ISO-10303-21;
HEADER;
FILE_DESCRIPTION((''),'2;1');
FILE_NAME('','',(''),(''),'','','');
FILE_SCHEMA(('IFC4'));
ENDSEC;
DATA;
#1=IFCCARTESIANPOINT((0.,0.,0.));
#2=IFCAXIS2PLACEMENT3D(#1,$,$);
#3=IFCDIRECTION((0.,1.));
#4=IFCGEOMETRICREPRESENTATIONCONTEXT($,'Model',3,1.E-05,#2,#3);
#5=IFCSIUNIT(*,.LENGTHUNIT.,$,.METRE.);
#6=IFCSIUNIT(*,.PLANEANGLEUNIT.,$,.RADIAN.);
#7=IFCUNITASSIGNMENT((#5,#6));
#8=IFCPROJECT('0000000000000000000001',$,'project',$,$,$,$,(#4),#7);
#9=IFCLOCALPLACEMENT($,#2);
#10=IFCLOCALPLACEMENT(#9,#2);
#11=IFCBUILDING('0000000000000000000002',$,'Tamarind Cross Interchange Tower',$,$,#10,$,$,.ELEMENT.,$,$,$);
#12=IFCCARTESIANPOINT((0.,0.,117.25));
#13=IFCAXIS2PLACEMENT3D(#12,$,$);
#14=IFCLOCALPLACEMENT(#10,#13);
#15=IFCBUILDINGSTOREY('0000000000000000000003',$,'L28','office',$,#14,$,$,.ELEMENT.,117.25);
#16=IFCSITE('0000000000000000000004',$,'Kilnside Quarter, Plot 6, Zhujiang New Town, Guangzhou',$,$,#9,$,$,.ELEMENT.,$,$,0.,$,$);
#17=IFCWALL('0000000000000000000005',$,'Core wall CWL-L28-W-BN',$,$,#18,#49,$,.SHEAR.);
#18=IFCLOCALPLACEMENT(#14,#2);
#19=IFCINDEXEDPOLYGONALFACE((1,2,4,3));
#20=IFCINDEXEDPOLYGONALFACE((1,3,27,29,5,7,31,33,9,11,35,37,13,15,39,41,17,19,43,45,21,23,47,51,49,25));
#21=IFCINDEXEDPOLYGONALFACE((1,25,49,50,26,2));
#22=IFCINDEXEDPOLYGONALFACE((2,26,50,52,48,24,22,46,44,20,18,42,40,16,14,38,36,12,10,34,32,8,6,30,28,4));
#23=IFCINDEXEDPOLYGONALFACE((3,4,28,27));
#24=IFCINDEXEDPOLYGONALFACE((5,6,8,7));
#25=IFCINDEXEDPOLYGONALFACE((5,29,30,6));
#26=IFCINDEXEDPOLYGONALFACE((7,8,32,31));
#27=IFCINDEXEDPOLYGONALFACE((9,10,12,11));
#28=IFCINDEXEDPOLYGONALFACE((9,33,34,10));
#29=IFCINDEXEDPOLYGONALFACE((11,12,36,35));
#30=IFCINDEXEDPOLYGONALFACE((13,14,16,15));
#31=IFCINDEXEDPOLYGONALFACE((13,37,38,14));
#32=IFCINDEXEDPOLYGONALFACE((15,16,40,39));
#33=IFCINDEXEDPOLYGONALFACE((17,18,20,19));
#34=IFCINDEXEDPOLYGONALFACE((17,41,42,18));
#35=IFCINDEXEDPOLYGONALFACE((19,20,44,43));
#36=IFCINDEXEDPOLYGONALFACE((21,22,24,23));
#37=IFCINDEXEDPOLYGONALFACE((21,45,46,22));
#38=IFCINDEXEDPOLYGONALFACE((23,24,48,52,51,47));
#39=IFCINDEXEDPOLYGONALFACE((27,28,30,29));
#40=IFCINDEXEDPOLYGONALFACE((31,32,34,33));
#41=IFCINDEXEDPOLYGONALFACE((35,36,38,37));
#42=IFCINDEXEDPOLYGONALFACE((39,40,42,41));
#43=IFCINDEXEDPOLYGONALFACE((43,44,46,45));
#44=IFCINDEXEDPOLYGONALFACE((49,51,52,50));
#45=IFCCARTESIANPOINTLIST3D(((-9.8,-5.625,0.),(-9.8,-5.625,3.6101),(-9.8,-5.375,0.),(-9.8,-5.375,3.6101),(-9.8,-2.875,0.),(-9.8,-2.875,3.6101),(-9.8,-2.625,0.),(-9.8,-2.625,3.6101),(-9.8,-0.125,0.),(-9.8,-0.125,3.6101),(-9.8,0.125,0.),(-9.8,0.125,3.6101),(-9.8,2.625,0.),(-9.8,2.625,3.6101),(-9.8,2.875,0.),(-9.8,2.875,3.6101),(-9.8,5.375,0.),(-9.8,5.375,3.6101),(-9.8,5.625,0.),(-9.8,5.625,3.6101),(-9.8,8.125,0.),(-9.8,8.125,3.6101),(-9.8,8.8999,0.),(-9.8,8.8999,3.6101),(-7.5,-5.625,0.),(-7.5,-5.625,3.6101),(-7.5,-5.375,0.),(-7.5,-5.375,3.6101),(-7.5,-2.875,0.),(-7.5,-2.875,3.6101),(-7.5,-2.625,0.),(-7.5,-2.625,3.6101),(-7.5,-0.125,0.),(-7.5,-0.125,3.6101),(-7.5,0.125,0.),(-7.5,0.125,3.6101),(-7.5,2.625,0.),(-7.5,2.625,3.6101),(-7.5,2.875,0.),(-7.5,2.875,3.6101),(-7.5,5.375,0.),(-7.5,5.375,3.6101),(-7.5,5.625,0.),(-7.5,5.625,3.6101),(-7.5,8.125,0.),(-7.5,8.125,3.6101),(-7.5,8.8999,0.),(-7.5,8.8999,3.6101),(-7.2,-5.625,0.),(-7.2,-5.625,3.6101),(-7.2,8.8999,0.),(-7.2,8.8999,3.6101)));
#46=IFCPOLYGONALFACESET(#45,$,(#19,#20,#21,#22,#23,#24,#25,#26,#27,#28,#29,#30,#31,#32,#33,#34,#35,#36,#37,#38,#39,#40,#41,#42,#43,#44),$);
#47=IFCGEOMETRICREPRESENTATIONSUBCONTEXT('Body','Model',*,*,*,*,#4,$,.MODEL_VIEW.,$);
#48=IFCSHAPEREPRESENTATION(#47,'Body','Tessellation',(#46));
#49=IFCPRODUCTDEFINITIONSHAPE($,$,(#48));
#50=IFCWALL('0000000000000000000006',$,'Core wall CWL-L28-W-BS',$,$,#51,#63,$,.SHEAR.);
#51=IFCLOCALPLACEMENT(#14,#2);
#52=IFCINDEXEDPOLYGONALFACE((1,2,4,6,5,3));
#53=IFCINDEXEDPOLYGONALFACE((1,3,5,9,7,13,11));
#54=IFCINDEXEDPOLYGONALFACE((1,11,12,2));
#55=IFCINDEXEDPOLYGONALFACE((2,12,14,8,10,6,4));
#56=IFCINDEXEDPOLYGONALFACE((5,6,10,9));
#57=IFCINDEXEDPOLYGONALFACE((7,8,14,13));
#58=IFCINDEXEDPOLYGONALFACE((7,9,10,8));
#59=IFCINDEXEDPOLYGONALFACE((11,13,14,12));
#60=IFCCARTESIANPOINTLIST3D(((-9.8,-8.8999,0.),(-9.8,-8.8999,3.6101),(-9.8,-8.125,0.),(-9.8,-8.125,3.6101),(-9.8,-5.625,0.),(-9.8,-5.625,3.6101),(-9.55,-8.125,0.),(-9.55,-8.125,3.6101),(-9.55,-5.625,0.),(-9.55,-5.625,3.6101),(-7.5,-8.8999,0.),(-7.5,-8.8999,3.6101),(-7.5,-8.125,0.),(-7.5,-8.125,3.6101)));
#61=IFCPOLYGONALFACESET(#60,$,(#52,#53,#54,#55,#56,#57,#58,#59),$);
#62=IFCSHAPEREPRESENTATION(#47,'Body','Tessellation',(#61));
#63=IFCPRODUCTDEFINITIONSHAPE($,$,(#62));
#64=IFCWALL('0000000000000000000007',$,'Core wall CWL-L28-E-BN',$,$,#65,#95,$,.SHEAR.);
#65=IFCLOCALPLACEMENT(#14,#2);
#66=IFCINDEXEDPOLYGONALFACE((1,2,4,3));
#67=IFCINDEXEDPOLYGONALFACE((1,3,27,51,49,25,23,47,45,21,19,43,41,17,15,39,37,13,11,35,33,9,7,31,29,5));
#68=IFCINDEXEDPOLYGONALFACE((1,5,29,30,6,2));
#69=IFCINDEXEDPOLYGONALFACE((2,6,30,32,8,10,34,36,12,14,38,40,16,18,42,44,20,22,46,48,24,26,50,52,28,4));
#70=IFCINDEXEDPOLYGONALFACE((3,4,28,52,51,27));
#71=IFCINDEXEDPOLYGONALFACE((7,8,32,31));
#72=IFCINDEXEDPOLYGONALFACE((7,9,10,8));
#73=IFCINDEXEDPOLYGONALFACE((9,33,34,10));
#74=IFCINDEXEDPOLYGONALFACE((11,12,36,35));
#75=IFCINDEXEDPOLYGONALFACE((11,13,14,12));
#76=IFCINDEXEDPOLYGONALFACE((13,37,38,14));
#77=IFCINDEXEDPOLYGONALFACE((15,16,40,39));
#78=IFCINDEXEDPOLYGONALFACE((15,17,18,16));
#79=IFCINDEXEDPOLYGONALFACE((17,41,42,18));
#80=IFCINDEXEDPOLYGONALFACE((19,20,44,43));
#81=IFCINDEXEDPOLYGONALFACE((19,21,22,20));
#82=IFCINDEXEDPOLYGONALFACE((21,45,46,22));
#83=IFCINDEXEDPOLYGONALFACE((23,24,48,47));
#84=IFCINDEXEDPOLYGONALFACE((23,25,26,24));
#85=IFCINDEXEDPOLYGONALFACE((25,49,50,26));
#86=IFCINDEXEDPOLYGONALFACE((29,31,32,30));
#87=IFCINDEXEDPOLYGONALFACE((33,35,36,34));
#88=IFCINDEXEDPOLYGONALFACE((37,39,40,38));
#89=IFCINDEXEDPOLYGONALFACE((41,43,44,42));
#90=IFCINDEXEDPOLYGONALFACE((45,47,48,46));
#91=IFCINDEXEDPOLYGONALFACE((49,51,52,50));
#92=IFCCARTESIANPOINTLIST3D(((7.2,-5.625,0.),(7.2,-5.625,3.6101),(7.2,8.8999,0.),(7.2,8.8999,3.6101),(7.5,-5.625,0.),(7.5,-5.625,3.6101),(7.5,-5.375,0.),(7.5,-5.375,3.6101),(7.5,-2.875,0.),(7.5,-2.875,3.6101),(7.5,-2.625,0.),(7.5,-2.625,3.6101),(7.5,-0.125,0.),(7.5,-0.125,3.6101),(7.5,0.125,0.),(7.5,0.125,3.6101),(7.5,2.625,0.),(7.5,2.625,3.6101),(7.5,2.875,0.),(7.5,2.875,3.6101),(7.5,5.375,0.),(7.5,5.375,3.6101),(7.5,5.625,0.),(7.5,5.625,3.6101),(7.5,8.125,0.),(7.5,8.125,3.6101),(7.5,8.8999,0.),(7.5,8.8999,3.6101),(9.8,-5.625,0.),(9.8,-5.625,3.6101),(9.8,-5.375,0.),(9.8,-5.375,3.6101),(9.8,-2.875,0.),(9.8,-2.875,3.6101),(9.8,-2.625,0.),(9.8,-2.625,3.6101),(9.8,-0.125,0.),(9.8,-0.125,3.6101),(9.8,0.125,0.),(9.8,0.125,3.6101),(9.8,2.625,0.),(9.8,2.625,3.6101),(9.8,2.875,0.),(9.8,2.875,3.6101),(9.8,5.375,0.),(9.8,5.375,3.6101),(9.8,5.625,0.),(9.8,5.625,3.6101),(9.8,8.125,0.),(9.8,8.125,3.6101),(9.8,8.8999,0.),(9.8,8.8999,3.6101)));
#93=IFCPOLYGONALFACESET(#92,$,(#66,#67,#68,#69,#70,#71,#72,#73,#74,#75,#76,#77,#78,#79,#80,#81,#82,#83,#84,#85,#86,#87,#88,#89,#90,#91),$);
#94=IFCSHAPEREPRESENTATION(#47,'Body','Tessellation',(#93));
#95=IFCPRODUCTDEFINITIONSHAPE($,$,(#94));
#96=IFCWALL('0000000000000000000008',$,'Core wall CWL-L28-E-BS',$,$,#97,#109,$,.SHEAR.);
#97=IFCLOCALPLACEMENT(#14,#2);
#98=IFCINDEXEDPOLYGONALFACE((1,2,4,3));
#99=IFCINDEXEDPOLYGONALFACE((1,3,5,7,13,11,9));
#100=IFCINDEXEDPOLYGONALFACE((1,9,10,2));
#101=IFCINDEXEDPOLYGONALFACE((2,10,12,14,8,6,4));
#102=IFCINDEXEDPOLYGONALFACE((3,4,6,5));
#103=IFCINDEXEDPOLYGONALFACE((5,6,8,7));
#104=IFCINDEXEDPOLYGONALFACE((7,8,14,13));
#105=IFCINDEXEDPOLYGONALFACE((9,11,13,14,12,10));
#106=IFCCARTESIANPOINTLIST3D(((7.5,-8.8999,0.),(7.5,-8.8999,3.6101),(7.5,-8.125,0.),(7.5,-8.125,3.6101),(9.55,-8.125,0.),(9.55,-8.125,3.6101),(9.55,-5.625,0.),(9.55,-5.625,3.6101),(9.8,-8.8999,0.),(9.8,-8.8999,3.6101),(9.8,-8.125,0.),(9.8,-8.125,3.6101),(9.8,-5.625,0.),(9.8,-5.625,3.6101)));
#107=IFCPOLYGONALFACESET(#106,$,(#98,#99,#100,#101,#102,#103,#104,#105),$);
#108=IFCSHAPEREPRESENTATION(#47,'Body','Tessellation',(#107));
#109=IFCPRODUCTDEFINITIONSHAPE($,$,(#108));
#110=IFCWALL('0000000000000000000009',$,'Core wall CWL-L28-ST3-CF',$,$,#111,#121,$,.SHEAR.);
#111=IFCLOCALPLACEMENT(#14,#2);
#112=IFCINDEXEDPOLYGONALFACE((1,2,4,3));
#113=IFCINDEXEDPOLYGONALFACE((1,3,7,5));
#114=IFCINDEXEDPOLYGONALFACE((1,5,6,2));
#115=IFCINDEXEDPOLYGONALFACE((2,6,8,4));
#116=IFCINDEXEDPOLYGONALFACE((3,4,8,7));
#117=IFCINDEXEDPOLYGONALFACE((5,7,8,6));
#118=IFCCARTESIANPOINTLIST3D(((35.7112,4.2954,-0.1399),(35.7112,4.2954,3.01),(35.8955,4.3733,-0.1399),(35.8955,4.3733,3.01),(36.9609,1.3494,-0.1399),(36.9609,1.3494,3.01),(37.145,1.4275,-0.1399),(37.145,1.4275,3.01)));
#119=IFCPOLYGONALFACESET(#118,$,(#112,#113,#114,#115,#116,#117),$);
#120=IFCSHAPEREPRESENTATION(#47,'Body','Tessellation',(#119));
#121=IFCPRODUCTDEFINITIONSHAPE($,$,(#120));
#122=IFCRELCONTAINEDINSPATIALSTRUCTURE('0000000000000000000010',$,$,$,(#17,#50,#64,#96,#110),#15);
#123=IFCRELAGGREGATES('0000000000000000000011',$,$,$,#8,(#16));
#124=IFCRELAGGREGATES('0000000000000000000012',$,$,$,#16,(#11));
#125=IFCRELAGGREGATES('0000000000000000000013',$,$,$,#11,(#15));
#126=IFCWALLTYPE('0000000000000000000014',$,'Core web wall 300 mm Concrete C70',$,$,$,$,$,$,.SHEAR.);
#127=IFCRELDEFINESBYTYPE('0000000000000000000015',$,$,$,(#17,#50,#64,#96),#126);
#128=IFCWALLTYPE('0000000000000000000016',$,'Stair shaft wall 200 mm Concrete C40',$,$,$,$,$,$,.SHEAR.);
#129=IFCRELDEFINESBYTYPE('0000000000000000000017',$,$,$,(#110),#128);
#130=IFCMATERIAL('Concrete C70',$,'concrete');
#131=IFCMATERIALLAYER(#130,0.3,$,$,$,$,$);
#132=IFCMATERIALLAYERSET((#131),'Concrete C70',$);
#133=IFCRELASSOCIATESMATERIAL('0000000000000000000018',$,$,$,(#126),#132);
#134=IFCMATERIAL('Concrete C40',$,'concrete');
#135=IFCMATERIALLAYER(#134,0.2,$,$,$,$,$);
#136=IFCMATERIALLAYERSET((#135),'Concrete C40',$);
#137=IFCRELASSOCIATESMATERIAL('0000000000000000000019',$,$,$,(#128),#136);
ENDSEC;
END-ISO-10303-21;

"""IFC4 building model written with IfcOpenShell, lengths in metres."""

from ifc_helpers import new_model, si_unit, direction, frame, origin, place, context, subcontext, project, spatial, polyline, outline, extrude, material, layer, layer_set, type_object, element, save


model = new_model("IFC4")

# Units and contexts
model_context = context("Model", 3, precision=1e-05, world=origin(), true_north=direction((0.0, 1.0)))
body_context = subcontext(model_context, "Body", "Model", "MODEL_VIEW")
ifc_project = project(units=[si_unit("LENGTHUNIT", "METRE"), si_unit("PLANEANGLEUNIT", "RADIAN")], contexts=[model_context])

# Site, building, storey
site_placement = place(None, origin())
site = spatial("IfcSite", under=ifc_project, at=site_placement, Name="Kilnside Quarter, Plot 6, Zhujiang New Town, Guangzhou", CompositionType="ELEMENT", RefElevation=0.0)
building_placement = place(site_placement, origin())
building = spatial("IfcBuilding", under=site, at=building_placement, Name="Tamarind Cross Interchange Tower", CompositionType="ELEMENT")
storey_placement = place(building_placement, frame((0.0, 0.0, 117.25)))
storey = spatial("IfcBuildingStorey", under=building, at=storey_placement, Name="L28", Description="office", CompositionType="ELEMENT", Elevation=117.25)

# Shared definitions
ifc_material_1 = material(Name="Concrete C40", Category="concrete")

# Walls
ifc_material_2 = material(Name="Concrete C70", Category="concrete")
ifc_layer_1 = layer(ifc_material_2, 0.3)
ifc_layer_set_1 = layer_set([ifc_layer_1], Name="Concrete C70")
wall_type_1 = type_object("IfcWallType", Name="Core web wall 300 mm Concrete C70", PredefinedType="SHEAR", material=ifc_layer_set_1)
wall_1_placement = place(storey_placement, origin())
element("IfcWall", 1, at=wall_1_placement, inside=storey, type_object=wall_type_1, Name="Core wall CWL-L28-W-BN", PredefinedType="SHEAR", context=body_context, shape_type="SweptSolid", body=[
    extrude(outline(polyline([(-9.8, -5.375), (-9.8, -5.625), (-7.5, -5.625), (-7.2, -5.625), (-7.2, 8.8999), (-7.5, 8.8999), (-9.8, 8.8999), (-9.8, 8.125), (-7.5, 8.125), (-7.5, 5.625), (-9.8, 5.625), (-9.8, 5.375), (-7.5, 5.375), (-7.5, 2.875), (-9.8, 2.875), (-9.8, 2.625), (-7.5, 2.625), (-7.5, 0.125), (-9.8, 0.125), (-9.8, -0.125), (-7.5, -0.125), (-7.5, -2.625), (-9.8, -2.625), (-9.8, -2.875), (-7.5, -2.875), (-7.5, -5.375), (-9.8, -5.375)])), origin(), (0.0, 0.0, 1.0), 3.6101),
])
wall_2_placement = place(storey_placement, origin())
element("IfcWall", 2, at=wall_2_placement, inside=storey, type_object=wall_type_1, Name="Core wall CWL-L28-W-BS", PredefinedType="SHEAR", context=body_context, shape_type="SweptSolid", body=[
    extrude(outline(polyline([(-7.5, -8.125), (-9.55, -8.125), (-9.55, -5.625), (-9.8, -5.625), (-9.8, -8.125), (-9.8, -8.8999), (-7.5, -8.8999), (-7.5, -8.125)])), origin(), (0.0, 0.0, 1.0), 3.6101),
])
wall_3_placement = place(storey_placement, origin())
element("IfcWall", 3, at=wall_3_placement, inside=storey, type_object=wall_type_1, Name="Core wall CWL-L28-E-BN", PredefinedType="SHEAR", context=body_context, shape_type="SweptSolid", body=[
    extrude(outline(polyline([(9.8, -5.375), (7.5, -5.375), (7.5, -2.875), (9.8, -2.875), (9.8, -2.625), (7.5, -2.625), (7.5, -0.125), (9.8, -0.125), (9.8, 0.125), (7.5, 0.125), (7.5, 2.625), (9.8, 2.625), (9.8, 2.875), (7.5, 2.875), (7.5, 5.375), (9.8, 5.375), (9.8, 5.625), (7.5, 5.625), (7.5, 8.125), (9.8, 8.125), (9.8, 8.8999), (7.5, 8.8999), (7.2, 8.8999), (7.2, -5.625), (7.5, -5.625), (9.8, -5.625), (9.8, -5.375)])), origin(), (0.0, 0.0, 1.0), 3.6101),
])
wall_4_placement = place(storey_placement, origin())
element("IfcWall", 4, at=wall_4_placement, inside=storey, type_object=wall_type_1, Name="Core wall CWL-L28-E-BS", PredefinedType="SHEAR", context=body_context, shape_type="SweptSolid", body=[
    extrude(outline(polyline([(7.5, -8.125), (7.5, -8.8999), (9.8, -8.8999), (9.8, -8.125), (9.8, -5.625), (9.55, -5.625), (9.55, -8.125), (7.5, -8.125)])), origin(), (0.0, 0.0, 1.0), 3.6101),
])
ifc_layer_2 = layer(ifc_material_1, 0.2)
ifc_layer_set_2 = layer_set([ifc_layer_2], Name="Concrete C40")
wall_type_2 = type_object("IfcWallType", Name="Stair shaft wall 200 mm Concrete C40", PredefinedType="SHEAR", material=ifc_layer_set_2)
wall_5_placement = place(storey_placement, frame((0.0, 0.0, -0.1399)))
element("IfcWall", 5, at=wall_5_placement, inside=storey, type_object=wall_type_2, Name="Core wall CWL-L28-ST3-CF", PredefinedType="SHEAR", context=body_context, shape_type="SweptSolid", body=[
    extrude(outline(polyline([(36.9609, 1.3494), (37.145, 1.4275), (35.8955, 4.3733), (35.7112, 4.2954), (36.9609, 1.3494)])), origin(), (0.0, 0.0, 1.0), 3.1499),
])

save(model, "model.ifc")
